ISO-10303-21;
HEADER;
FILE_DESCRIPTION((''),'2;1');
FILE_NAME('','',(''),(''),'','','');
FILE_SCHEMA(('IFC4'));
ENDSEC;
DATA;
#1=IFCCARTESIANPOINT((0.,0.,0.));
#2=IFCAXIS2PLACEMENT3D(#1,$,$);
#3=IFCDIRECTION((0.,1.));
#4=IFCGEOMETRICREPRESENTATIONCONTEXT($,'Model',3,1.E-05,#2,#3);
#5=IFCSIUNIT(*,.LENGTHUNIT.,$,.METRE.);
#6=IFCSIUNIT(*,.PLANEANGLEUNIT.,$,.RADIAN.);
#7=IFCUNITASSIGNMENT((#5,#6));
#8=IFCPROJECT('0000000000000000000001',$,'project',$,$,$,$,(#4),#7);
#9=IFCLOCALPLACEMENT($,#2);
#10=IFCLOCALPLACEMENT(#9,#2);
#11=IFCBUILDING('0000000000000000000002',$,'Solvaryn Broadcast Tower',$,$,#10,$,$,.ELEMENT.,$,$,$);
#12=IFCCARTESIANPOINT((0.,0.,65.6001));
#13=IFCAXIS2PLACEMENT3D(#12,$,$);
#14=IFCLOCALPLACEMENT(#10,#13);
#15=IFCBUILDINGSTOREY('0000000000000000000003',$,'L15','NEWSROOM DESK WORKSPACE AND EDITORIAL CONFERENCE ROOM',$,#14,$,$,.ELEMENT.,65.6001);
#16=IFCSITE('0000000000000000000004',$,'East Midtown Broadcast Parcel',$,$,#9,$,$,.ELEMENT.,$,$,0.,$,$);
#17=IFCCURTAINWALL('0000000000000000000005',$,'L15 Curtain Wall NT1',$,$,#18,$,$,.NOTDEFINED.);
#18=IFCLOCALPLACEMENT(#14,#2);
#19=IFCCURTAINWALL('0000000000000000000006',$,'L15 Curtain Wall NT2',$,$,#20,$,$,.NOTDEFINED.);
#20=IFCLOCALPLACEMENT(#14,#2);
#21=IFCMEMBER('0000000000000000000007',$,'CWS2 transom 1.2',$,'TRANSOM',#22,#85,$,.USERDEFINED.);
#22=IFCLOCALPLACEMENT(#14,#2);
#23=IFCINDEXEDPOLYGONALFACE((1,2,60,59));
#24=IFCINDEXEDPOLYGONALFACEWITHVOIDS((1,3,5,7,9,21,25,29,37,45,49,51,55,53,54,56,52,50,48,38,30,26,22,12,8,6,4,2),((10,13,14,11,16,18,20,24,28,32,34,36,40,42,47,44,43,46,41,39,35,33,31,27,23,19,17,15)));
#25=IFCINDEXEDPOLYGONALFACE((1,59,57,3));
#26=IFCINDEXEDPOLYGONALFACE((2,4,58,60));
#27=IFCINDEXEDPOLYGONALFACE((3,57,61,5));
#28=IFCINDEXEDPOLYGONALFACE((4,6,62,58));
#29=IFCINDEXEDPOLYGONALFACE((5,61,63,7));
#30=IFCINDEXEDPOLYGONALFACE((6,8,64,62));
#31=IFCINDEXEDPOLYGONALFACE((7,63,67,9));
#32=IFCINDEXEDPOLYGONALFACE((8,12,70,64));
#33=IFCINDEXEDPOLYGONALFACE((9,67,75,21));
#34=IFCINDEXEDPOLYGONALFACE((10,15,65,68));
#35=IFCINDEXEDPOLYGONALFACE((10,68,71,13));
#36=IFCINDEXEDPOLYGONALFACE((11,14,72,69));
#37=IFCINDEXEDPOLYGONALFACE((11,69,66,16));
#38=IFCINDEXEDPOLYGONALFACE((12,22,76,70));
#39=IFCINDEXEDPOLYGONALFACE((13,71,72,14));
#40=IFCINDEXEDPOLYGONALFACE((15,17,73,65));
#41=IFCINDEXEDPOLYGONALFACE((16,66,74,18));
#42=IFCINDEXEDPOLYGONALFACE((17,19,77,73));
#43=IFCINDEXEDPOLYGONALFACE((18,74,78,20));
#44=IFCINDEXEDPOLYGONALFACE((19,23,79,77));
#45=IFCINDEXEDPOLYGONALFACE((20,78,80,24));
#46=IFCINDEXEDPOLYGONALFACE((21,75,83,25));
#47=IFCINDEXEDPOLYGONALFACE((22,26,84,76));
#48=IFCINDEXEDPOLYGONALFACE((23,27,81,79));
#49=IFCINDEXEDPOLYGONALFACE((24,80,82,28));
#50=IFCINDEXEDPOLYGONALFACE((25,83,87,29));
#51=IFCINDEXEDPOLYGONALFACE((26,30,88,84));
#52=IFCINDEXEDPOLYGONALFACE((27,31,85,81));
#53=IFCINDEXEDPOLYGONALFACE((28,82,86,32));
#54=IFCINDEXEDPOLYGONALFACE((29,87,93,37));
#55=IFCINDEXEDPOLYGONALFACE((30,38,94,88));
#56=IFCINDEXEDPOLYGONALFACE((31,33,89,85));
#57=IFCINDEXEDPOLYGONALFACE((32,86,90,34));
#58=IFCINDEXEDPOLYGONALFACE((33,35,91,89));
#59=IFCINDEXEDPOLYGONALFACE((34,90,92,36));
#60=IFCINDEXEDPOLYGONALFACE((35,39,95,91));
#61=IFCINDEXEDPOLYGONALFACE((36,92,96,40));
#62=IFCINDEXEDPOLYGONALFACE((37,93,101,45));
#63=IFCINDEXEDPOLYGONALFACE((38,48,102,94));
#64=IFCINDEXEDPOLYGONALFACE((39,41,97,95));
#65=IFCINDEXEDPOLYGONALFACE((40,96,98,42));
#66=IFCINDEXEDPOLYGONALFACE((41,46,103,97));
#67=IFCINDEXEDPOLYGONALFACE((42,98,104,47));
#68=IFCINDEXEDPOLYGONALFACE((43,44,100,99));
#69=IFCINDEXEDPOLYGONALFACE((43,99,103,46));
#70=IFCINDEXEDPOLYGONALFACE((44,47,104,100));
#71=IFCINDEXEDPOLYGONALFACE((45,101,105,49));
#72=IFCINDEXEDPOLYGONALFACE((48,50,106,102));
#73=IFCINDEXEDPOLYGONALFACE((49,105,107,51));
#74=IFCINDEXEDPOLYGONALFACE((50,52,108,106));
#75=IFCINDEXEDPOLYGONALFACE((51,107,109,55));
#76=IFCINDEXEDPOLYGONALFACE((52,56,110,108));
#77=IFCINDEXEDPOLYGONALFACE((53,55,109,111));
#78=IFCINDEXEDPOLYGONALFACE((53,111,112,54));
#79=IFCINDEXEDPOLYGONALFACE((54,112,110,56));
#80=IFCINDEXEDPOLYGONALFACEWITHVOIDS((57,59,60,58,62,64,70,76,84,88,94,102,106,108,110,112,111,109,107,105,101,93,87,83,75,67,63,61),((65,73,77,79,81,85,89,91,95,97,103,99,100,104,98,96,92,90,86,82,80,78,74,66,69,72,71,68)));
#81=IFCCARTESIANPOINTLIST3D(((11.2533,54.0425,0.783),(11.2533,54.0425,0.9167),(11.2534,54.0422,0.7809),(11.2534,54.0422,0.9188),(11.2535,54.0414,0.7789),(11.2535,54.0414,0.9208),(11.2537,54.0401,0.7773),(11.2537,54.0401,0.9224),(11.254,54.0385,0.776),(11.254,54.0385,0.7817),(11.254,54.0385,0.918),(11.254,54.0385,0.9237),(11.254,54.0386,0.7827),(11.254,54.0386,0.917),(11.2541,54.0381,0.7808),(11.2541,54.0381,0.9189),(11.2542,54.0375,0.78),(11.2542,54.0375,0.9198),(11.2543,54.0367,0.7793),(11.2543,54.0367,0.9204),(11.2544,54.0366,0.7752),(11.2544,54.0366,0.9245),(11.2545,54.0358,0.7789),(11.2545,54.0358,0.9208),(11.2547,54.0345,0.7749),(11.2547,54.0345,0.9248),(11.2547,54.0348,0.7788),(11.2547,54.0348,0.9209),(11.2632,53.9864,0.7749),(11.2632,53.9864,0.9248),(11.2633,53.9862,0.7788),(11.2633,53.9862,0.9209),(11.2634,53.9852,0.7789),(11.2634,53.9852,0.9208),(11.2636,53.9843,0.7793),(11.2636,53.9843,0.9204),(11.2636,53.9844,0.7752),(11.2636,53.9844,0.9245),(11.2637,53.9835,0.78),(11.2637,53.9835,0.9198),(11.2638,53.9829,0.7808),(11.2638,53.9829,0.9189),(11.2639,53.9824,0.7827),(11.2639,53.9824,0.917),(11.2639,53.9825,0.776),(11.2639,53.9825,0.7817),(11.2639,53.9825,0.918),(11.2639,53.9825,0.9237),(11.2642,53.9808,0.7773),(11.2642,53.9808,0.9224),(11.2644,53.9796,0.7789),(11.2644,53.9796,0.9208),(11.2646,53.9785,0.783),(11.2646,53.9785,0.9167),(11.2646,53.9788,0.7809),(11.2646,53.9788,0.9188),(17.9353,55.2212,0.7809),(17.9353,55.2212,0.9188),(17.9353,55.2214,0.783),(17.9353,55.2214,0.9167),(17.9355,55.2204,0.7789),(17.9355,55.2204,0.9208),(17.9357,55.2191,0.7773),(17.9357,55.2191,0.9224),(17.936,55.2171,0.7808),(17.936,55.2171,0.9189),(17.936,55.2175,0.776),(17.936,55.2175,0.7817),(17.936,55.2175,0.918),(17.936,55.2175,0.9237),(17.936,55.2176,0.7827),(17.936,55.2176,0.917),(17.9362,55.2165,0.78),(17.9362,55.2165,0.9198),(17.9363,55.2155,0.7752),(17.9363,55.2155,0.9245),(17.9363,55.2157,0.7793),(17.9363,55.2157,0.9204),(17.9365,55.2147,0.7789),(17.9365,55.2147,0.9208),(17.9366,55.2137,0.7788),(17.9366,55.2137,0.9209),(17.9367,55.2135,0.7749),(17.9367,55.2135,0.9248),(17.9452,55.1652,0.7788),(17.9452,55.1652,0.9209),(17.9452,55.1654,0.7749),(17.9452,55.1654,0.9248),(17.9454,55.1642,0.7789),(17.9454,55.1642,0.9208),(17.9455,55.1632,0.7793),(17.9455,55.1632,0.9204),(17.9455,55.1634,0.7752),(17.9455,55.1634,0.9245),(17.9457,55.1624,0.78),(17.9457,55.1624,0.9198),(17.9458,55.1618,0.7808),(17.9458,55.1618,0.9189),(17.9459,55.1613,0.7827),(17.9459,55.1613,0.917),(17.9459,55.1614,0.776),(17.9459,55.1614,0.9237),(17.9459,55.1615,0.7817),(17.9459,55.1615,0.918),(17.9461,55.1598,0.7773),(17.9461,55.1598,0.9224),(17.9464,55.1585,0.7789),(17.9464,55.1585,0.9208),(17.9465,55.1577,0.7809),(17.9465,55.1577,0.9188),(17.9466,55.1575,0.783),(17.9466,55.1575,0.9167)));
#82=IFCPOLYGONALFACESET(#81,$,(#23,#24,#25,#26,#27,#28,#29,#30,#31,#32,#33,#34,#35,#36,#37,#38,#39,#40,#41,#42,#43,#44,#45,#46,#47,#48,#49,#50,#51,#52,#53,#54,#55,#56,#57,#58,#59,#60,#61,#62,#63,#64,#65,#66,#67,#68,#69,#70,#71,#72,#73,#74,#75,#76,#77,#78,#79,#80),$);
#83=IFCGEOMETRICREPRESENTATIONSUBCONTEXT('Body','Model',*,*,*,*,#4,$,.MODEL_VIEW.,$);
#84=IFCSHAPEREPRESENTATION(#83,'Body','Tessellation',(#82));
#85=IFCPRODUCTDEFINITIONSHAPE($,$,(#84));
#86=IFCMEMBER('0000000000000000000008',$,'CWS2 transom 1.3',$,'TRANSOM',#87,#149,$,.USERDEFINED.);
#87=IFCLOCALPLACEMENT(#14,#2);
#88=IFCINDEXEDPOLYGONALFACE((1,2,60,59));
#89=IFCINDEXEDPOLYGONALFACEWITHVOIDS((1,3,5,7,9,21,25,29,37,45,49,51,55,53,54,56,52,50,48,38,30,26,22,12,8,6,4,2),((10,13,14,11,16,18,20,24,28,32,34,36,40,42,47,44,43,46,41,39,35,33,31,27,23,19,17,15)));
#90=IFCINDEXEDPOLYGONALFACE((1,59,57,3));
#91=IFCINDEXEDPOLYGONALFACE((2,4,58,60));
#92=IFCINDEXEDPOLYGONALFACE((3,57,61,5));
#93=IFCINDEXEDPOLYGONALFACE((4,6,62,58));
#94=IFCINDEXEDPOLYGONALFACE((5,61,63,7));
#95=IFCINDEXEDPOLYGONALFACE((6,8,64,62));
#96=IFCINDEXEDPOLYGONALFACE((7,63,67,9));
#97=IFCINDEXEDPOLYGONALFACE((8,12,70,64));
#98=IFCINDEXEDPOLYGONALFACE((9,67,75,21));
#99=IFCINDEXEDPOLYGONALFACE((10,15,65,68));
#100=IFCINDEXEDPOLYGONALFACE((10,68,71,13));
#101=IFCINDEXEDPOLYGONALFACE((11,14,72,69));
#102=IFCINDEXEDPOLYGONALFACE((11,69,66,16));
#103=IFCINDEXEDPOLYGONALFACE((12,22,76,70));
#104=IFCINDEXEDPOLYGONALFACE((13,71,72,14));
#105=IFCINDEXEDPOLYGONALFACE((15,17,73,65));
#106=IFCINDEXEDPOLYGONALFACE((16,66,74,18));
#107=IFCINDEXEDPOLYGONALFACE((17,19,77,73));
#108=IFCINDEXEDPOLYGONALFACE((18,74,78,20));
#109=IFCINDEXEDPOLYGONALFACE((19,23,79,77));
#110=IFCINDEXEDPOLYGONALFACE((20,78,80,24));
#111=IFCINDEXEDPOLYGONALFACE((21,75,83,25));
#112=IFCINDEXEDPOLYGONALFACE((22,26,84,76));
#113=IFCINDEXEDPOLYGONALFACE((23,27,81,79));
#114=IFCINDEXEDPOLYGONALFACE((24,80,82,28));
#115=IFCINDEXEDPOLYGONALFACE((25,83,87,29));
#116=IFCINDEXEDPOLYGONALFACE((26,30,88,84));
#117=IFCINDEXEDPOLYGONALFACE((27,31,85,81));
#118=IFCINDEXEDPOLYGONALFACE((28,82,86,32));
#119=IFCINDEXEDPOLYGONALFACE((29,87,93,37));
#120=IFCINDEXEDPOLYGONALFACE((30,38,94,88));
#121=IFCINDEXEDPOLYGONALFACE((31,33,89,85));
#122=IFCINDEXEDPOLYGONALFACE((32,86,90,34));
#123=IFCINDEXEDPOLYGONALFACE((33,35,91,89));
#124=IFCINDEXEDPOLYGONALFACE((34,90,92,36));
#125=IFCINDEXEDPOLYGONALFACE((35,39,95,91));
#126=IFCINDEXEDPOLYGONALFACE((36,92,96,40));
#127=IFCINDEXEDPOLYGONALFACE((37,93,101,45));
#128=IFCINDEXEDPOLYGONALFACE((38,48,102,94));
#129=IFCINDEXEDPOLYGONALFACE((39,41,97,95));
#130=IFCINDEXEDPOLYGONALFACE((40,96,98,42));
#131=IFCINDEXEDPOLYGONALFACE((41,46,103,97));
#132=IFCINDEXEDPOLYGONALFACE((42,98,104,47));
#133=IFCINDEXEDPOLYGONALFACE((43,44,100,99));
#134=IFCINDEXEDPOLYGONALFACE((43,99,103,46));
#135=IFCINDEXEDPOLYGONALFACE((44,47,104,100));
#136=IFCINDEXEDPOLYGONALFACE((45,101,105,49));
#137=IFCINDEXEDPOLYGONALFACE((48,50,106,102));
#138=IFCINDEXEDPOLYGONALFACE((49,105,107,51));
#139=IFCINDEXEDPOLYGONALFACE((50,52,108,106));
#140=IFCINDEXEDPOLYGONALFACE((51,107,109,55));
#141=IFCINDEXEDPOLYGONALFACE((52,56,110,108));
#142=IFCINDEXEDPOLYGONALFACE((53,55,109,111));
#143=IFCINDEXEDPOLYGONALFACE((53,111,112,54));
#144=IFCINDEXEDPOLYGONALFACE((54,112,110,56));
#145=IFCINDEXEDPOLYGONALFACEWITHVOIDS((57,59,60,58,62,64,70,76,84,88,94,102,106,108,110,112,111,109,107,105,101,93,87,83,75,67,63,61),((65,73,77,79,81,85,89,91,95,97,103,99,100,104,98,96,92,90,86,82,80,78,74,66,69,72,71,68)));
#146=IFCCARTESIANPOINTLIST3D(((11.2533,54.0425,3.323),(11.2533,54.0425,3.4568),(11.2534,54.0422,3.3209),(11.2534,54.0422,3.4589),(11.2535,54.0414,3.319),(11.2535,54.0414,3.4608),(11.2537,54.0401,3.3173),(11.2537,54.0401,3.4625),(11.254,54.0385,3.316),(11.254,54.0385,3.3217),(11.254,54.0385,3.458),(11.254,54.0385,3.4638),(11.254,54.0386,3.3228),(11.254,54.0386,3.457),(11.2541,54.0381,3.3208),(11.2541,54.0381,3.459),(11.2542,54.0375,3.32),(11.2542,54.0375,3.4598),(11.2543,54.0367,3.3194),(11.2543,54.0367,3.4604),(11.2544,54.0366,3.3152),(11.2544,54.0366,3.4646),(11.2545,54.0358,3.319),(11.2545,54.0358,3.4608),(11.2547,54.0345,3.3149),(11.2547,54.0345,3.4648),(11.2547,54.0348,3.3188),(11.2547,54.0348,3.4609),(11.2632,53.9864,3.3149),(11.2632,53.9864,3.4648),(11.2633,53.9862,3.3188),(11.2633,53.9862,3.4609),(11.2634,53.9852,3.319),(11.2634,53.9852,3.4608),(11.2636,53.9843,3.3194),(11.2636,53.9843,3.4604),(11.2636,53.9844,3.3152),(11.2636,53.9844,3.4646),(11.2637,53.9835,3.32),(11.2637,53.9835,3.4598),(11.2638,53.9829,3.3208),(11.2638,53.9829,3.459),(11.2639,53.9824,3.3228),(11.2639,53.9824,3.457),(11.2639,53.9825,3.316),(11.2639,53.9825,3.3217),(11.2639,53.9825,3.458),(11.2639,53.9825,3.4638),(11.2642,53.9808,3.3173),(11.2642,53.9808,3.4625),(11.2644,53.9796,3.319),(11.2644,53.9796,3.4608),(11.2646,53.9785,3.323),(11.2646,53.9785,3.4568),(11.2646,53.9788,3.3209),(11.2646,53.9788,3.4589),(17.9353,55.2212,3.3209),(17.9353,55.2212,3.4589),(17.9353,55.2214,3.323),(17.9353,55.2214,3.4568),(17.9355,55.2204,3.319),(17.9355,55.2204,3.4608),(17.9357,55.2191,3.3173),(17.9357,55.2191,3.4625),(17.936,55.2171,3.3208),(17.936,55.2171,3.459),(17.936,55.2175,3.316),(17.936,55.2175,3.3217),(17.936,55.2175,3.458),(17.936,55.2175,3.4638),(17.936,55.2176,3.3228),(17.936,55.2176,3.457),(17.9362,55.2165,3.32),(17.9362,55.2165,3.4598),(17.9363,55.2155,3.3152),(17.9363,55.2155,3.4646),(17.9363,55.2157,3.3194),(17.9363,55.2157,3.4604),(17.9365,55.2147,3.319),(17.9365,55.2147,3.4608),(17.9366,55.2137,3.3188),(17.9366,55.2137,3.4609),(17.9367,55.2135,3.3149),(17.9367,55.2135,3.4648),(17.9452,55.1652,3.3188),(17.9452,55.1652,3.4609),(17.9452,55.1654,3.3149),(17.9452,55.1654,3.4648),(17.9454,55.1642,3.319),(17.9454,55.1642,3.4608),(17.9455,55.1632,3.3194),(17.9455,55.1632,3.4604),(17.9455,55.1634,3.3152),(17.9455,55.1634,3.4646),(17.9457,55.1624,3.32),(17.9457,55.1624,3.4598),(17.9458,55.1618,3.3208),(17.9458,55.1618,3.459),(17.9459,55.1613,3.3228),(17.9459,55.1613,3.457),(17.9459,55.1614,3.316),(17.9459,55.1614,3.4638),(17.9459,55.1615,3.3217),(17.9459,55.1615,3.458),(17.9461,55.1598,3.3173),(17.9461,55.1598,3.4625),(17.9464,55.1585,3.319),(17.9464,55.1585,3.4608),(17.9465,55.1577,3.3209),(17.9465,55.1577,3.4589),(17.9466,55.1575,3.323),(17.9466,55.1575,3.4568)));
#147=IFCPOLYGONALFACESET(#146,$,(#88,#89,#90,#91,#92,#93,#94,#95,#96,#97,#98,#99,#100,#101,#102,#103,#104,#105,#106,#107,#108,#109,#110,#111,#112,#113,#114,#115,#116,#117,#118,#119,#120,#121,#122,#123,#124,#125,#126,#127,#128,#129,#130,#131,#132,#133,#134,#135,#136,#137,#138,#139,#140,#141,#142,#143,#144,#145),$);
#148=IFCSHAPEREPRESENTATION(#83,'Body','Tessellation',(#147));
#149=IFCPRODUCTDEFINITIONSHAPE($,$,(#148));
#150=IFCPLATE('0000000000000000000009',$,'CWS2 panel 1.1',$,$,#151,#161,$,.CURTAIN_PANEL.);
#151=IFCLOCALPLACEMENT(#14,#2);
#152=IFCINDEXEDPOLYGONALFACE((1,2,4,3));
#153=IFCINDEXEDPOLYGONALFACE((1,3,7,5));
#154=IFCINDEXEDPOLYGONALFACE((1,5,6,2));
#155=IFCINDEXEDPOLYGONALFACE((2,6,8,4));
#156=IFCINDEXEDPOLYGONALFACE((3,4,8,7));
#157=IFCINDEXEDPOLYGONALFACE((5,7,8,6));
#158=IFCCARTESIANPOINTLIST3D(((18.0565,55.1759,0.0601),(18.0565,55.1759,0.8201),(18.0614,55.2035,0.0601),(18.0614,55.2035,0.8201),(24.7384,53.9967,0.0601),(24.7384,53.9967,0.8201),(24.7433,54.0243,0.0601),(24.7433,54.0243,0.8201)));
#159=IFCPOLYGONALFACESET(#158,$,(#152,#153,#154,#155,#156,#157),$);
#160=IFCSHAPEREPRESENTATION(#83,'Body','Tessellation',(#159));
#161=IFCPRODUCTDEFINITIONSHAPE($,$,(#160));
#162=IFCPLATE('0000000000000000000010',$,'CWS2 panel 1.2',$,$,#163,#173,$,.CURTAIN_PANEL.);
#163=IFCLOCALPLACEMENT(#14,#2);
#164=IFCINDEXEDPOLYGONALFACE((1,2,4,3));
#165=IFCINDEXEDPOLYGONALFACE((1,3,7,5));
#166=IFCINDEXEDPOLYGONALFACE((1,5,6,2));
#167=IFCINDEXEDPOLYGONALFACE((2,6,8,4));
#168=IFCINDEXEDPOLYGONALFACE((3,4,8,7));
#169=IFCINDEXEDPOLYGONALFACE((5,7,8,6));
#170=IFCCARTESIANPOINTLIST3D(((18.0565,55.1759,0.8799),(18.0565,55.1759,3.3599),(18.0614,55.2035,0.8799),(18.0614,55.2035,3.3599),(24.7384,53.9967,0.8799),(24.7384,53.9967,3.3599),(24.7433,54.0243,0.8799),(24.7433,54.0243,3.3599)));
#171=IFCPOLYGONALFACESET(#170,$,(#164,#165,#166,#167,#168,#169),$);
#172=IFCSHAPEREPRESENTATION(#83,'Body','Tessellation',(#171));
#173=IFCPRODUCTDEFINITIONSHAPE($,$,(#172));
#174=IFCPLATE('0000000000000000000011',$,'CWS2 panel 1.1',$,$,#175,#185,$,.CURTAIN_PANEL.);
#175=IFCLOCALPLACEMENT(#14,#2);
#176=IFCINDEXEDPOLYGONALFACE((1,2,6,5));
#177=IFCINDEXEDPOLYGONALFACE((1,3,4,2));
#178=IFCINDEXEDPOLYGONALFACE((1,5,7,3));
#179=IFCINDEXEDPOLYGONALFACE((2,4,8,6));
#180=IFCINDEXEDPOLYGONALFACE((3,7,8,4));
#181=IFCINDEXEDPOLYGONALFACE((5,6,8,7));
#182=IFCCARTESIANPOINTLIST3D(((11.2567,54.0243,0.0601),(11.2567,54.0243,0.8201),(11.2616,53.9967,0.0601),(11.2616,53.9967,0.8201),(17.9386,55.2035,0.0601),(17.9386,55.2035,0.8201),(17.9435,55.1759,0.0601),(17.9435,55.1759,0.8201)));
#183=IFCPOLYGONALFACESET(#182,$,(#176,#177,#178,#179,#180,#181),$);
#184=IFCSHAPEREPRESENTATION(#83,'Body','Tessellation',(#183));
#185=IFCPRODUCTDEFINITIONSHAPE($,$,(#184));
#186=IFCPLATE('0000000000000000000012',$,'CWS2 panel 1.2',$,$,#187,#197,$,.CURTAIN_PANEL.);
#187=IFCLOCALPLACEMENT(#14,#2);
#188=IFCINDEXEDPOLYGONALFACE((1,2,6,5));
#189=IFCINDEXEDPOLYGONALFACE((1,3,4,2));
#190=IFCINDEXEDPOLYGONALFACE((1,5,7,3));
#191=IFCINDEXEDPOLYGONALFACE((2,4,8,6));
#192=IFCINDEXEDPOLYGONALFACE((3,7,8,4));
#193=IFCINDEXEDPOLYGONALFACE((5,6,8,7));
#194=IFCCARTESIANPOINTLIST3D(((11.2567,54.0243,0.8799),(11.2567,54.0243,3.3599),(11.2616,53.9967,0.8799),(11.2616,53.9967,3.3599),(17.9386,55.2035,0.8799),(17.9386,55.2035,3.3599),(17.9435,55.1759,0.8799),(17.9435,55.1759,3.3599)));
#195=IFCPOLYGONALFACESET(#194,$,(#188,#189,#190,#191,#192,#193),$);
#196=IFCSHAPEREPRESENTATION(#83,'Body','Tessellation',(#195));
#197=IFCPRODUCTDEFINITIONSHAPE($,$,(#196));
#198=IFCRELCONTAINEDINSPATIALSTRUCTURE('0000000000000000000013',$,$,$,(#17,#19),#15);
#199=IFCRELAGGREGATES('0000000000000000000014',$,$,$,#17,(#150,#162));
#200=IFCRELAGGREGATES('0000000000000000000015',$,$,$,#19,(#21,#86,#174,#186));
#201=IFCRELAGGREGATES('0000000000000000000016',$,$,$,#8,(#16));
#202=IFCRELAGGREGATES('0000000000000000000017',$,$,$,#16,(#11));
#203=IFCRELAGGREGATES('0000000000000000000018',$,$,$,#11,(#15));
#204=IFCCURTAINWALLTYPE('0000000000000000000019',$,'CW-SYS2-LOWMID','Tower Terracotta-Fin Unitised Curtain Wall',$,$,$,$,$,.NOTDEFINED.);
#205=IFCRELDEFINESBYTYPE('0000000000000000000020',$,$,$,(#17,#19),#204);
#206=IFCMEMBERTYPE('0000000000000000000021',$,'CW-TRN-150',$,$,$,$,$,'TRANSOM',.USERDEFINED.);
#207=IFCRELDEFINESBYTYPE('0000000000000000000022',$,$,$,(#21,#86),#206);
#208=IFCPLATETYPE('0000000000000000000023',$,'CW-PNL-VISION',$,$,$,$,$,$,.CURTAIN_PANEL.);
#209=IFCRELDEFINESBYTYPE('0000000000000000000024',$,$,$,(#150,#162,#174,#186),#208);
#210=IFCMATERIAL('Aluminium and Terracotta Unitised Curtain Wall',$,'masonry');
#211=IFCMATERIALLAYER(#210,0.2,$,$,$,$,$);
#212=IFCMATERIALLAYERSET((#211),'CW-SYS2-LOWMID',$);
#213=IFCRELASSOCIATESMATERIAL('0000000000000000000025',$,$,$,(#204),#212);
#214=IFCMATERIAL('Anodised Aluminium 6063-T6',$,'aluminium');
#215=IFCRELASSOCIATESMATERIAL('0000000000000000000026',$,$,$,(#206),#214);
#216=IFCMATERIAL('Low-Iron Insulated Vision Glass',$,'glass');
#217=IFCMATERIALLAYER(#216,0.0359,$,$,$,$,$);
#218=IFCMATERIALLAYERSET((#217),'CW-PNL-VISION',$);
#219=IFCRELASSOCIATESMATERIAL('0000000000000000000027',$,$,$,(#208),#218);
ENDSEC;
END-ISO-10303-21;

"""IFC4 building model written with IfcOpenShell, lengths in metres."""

from ifc_helpers import new_model, si_unit, direction, frame, origin, origin_2d, place, context, subcontext, project, spatial, rectangle, hollow_rectangle, extrude, material, layer, layer_set, material_profile, profile_set, type_object, element, aggregate, save


model = new_model("IFC4")

# Units and contexts
model_context = context("Model", 3, precision=1e-05, world=origin(), true_north=direction((0.0, 1.0)))
body_context = subcontext(model_context, "Body", "Model", "MODEL_VIEW")
ifc_project = project(units=[si_unit("LENGTHUNIT", "METRE"), si_unit("PLANEANGLEUNIT", "RADIAN")], contexts=[model_context])

# Site, building, storey
site_placement = place(None, origin())
site = spatial("IfcSite", under=ifc_project, at=site_placement, Name="East Midtown Broadcast Parcel", CompositionType="ELEMENT", RefElevation=0.0)
building_placement = place(site_placement, origin())
building = spatial("IfcBuilding", under=site, at=building_placement, Name="Solvaryn Broadcast Tower", CompositionType="ELEMENT")
storey_placement = place(building_placement, frame((0.0, 0.0, 65.6001)))
storey = spatial("IfcBuildingStorey", under=building, at=storey_placement, Name="L15", Description="NEWSROOM DESK WORKSPACE AND EDITORIAL CONFERENCE ROOM", CompositionType="ELEMENT", Elevation=65.6001)

# Curtain walls
ifc_material_1 = material(Name="Aluminium and Terracotta Unitised Curtain Wall", Category="masonry")
ifc_layer_1 = layer(ifc_material_1, 0.2)
ifc_layer_set_1 = layer_set([ifc_layer_1], Name="CW-SYS2-LOWMID")
curtain_wall_type = type_object("IfcCurtainWallType", Name="CW-SYS2-LOWMID", Description="Tower Terracotta-Fin Unitised Curtain Wall", PredefinedType="NOTDEFINED", material=ifc_layer_set_1)
curtain_wall_1_placement = place(storey_placement, origin())
curtain_wall_1 = element("IfcCurtainWall", 1, at=curtain_wall_1_placement, inside=storey, type_object=curtain_wall_type, Name="L15 Curtain Wall NT1", PredefinedType="NOTDEFINED")
curtain_wall_2_placement = place(storey_placement, origin())
curtain_wall_2 = element("IfcCurtainWall", 2, at=curtain_wall_2_placement, inside=storey, type_object=curtain_wall_type, Name="L15 Curtain Wall NT2", PredefinedType="NOTDEFINED")

# Members
ifc_material_2 = material(Name="Anodised Aluminium 6063-T6", Category="aluminium")
ifc_material_profile_1 = material_profile(ifc_material_2, hollow_rectangle(XDim=0.0649, YDim=0.1499, WallThickness=0.0039, InnerFilletRadius=0.0039, OuterFilletRadius=0.0081, at=origin_2d()))
ifc_profile_set_1 = profile_set([ifc_material_profile_1], Name="Anodised Aluminium 6063-T6")
member_type_1 = type_object("IfcMemberType", Name="CW-TRN-150", ElementType="TRANSOM", PredefinedType="USERDEFINED", material=ifc_profile_set_1)
member_1_placement = place(storey_placement, frame((17.9409, 55.1895, 0.8499), z_axis=(-0.984789, -0.173757, 0.0), x_axis=(0.173757, -0.984789, 0.0)))
member_1 = element("IfcMember", 3, at=member_1_placement, type_object=member_type_1, Name="CWS2 transom 1.2", ObjectType="TRANSOM", PredefinedType="USERDEFINED", context=body_context, shape_type="SweptSolid", body=[
    extrude(hollow_rectangle(XDim=0.0649, YDim=0.1499, WallThickness=0.0039, InnerFilletRadius=0.0039, OuterFilletRadius=0.0081, at=origin_2d()), origin(), (0.0, 0.0, 1.0), 6.7852),
])
member_2_placement = place(storey_placement, frame((17.9409, 55.1895, 3.3899), z_axis=(-0.984789, -0.173757, 0.0), x_axis=(0.173757, -0.984789, 0.0)))
member_2 = element("IfcMember", 4, at=member_2_placement, type_object=member_type_1, Name="CWS2 transom 1.3", ObjectType="TRANSOM", PredefinedType="USERDEFINED", context=body_context, shape_type="SweptSolid", body=[
    extrude(hollow_rectangle(XDim=0.0649, YDim=0.1499, WallThickness=0.0039, InnerFilletRadius=0.0039, OuterFilletRadius=0.0081, at=origin_2d()), origin(), (0.0, 0.0, 1.0), 6.7852),
])

# Plates
ifc_material_3 = material(Name="Low-Iron Insulated Vision Glass", Category="glass")
ifc_layer_2 = layer(ifc_material_3, 0.0359)
ifc_layer_set_2 = layer_set([ifc_layer_2], Name="CW-PNL-VISION")
plate_type = type_object("IfcPlateType", Name="CW-PNL-VISION", PredefinedType="CURTAIN_PANEL", material=ifc_layer_set_2)
plate_1_placement = place(storey_placement, frame((21.3999, 54.6001, 0.0601), z_axis=(0.0, 0.0, 1.0), x_axis=(-0.984784, 0.173785, 0.0)))
plate_1 = element("IfcPlate", 5, at=plate_1_placement, type_object=plate_type, Name="CWS2 panel 1.1", PredefinedType="CURTAIN_PANEL", context=body_context, shape_type="SweptSolid", body=[
    extrude(rectangle(XDim=6.7852, YDim=0.0281, at=origin_2d()), origin(), (0.0, 0.0, 1.0), 0.76),
])
plate_2_placement = place(storey_placement, frame((21.3999, 54.6001, 0.8799), z_axis=(0.0, 0.0, 1.0), x_axis=(-0.984784, 0.173785, 0.0)))
plate_2 = element("IfcPlate", 6, at=plate_2_placement, type_object=plate_type, Name="CWS2 panel 1.2", PredefinedType="CURTAIN_PANEL", context=body_context, shape_type="SweptSolid", body=[
    extrude(rectangle(XDim=6.7852, YDim=0.0281, at=origin_2d()), origin(), (0.0, 0.0, 1.0), 2.48),
])
aggregate(curtain_wall_1, [plate_1, plate_2])
plate_3_placement = place(storey_placement, frame((14.6001, 54.6001, 0.0601), z_axis=(0.0, 0.0, 1.0), x_axis=(-0.984784, -0.173785, 0.0)))
plate_3 = element("IfcPlate", 7, at=plate_3_placement, type_object=plate_type, Name="CWS2 panel 1.1", PredefinedType="CURTAIN_PANEL", context=body_context, shape_type="SweptSolid", body=[
    extrude(rectangle(XDim=6.7852, YDim=0.0281, at=origin_2d()), origin(), (0.0, 0.0, 1.0), 0.76),
])
plate_4_placement = place(storey_placement, frame((14.6001, 54.6001, 0.8799), z_axis=(0.0, 0.0, 1.0), x_axis=(-0.984784, -0.173785, 0.0)))
plate_4 = element("IfcPlate", 8, at=plate_4_placement, type_object=plate_type, Name="CWS2 panel 1.2", PredefinedType="CURTAIN_PANEL", context=body_context, shape_type="SweptSolid", body=[
    extrude(rectangle(XDim=6.7852, YDim=0.0281, at=origin_2d()), origin(), (0.0, 0.0, 1.0), 2.48),
])
aggregate(curtain_wall_2, [member_1, member_2, plate_3, plate_4])

save(model, "model.ifc")
